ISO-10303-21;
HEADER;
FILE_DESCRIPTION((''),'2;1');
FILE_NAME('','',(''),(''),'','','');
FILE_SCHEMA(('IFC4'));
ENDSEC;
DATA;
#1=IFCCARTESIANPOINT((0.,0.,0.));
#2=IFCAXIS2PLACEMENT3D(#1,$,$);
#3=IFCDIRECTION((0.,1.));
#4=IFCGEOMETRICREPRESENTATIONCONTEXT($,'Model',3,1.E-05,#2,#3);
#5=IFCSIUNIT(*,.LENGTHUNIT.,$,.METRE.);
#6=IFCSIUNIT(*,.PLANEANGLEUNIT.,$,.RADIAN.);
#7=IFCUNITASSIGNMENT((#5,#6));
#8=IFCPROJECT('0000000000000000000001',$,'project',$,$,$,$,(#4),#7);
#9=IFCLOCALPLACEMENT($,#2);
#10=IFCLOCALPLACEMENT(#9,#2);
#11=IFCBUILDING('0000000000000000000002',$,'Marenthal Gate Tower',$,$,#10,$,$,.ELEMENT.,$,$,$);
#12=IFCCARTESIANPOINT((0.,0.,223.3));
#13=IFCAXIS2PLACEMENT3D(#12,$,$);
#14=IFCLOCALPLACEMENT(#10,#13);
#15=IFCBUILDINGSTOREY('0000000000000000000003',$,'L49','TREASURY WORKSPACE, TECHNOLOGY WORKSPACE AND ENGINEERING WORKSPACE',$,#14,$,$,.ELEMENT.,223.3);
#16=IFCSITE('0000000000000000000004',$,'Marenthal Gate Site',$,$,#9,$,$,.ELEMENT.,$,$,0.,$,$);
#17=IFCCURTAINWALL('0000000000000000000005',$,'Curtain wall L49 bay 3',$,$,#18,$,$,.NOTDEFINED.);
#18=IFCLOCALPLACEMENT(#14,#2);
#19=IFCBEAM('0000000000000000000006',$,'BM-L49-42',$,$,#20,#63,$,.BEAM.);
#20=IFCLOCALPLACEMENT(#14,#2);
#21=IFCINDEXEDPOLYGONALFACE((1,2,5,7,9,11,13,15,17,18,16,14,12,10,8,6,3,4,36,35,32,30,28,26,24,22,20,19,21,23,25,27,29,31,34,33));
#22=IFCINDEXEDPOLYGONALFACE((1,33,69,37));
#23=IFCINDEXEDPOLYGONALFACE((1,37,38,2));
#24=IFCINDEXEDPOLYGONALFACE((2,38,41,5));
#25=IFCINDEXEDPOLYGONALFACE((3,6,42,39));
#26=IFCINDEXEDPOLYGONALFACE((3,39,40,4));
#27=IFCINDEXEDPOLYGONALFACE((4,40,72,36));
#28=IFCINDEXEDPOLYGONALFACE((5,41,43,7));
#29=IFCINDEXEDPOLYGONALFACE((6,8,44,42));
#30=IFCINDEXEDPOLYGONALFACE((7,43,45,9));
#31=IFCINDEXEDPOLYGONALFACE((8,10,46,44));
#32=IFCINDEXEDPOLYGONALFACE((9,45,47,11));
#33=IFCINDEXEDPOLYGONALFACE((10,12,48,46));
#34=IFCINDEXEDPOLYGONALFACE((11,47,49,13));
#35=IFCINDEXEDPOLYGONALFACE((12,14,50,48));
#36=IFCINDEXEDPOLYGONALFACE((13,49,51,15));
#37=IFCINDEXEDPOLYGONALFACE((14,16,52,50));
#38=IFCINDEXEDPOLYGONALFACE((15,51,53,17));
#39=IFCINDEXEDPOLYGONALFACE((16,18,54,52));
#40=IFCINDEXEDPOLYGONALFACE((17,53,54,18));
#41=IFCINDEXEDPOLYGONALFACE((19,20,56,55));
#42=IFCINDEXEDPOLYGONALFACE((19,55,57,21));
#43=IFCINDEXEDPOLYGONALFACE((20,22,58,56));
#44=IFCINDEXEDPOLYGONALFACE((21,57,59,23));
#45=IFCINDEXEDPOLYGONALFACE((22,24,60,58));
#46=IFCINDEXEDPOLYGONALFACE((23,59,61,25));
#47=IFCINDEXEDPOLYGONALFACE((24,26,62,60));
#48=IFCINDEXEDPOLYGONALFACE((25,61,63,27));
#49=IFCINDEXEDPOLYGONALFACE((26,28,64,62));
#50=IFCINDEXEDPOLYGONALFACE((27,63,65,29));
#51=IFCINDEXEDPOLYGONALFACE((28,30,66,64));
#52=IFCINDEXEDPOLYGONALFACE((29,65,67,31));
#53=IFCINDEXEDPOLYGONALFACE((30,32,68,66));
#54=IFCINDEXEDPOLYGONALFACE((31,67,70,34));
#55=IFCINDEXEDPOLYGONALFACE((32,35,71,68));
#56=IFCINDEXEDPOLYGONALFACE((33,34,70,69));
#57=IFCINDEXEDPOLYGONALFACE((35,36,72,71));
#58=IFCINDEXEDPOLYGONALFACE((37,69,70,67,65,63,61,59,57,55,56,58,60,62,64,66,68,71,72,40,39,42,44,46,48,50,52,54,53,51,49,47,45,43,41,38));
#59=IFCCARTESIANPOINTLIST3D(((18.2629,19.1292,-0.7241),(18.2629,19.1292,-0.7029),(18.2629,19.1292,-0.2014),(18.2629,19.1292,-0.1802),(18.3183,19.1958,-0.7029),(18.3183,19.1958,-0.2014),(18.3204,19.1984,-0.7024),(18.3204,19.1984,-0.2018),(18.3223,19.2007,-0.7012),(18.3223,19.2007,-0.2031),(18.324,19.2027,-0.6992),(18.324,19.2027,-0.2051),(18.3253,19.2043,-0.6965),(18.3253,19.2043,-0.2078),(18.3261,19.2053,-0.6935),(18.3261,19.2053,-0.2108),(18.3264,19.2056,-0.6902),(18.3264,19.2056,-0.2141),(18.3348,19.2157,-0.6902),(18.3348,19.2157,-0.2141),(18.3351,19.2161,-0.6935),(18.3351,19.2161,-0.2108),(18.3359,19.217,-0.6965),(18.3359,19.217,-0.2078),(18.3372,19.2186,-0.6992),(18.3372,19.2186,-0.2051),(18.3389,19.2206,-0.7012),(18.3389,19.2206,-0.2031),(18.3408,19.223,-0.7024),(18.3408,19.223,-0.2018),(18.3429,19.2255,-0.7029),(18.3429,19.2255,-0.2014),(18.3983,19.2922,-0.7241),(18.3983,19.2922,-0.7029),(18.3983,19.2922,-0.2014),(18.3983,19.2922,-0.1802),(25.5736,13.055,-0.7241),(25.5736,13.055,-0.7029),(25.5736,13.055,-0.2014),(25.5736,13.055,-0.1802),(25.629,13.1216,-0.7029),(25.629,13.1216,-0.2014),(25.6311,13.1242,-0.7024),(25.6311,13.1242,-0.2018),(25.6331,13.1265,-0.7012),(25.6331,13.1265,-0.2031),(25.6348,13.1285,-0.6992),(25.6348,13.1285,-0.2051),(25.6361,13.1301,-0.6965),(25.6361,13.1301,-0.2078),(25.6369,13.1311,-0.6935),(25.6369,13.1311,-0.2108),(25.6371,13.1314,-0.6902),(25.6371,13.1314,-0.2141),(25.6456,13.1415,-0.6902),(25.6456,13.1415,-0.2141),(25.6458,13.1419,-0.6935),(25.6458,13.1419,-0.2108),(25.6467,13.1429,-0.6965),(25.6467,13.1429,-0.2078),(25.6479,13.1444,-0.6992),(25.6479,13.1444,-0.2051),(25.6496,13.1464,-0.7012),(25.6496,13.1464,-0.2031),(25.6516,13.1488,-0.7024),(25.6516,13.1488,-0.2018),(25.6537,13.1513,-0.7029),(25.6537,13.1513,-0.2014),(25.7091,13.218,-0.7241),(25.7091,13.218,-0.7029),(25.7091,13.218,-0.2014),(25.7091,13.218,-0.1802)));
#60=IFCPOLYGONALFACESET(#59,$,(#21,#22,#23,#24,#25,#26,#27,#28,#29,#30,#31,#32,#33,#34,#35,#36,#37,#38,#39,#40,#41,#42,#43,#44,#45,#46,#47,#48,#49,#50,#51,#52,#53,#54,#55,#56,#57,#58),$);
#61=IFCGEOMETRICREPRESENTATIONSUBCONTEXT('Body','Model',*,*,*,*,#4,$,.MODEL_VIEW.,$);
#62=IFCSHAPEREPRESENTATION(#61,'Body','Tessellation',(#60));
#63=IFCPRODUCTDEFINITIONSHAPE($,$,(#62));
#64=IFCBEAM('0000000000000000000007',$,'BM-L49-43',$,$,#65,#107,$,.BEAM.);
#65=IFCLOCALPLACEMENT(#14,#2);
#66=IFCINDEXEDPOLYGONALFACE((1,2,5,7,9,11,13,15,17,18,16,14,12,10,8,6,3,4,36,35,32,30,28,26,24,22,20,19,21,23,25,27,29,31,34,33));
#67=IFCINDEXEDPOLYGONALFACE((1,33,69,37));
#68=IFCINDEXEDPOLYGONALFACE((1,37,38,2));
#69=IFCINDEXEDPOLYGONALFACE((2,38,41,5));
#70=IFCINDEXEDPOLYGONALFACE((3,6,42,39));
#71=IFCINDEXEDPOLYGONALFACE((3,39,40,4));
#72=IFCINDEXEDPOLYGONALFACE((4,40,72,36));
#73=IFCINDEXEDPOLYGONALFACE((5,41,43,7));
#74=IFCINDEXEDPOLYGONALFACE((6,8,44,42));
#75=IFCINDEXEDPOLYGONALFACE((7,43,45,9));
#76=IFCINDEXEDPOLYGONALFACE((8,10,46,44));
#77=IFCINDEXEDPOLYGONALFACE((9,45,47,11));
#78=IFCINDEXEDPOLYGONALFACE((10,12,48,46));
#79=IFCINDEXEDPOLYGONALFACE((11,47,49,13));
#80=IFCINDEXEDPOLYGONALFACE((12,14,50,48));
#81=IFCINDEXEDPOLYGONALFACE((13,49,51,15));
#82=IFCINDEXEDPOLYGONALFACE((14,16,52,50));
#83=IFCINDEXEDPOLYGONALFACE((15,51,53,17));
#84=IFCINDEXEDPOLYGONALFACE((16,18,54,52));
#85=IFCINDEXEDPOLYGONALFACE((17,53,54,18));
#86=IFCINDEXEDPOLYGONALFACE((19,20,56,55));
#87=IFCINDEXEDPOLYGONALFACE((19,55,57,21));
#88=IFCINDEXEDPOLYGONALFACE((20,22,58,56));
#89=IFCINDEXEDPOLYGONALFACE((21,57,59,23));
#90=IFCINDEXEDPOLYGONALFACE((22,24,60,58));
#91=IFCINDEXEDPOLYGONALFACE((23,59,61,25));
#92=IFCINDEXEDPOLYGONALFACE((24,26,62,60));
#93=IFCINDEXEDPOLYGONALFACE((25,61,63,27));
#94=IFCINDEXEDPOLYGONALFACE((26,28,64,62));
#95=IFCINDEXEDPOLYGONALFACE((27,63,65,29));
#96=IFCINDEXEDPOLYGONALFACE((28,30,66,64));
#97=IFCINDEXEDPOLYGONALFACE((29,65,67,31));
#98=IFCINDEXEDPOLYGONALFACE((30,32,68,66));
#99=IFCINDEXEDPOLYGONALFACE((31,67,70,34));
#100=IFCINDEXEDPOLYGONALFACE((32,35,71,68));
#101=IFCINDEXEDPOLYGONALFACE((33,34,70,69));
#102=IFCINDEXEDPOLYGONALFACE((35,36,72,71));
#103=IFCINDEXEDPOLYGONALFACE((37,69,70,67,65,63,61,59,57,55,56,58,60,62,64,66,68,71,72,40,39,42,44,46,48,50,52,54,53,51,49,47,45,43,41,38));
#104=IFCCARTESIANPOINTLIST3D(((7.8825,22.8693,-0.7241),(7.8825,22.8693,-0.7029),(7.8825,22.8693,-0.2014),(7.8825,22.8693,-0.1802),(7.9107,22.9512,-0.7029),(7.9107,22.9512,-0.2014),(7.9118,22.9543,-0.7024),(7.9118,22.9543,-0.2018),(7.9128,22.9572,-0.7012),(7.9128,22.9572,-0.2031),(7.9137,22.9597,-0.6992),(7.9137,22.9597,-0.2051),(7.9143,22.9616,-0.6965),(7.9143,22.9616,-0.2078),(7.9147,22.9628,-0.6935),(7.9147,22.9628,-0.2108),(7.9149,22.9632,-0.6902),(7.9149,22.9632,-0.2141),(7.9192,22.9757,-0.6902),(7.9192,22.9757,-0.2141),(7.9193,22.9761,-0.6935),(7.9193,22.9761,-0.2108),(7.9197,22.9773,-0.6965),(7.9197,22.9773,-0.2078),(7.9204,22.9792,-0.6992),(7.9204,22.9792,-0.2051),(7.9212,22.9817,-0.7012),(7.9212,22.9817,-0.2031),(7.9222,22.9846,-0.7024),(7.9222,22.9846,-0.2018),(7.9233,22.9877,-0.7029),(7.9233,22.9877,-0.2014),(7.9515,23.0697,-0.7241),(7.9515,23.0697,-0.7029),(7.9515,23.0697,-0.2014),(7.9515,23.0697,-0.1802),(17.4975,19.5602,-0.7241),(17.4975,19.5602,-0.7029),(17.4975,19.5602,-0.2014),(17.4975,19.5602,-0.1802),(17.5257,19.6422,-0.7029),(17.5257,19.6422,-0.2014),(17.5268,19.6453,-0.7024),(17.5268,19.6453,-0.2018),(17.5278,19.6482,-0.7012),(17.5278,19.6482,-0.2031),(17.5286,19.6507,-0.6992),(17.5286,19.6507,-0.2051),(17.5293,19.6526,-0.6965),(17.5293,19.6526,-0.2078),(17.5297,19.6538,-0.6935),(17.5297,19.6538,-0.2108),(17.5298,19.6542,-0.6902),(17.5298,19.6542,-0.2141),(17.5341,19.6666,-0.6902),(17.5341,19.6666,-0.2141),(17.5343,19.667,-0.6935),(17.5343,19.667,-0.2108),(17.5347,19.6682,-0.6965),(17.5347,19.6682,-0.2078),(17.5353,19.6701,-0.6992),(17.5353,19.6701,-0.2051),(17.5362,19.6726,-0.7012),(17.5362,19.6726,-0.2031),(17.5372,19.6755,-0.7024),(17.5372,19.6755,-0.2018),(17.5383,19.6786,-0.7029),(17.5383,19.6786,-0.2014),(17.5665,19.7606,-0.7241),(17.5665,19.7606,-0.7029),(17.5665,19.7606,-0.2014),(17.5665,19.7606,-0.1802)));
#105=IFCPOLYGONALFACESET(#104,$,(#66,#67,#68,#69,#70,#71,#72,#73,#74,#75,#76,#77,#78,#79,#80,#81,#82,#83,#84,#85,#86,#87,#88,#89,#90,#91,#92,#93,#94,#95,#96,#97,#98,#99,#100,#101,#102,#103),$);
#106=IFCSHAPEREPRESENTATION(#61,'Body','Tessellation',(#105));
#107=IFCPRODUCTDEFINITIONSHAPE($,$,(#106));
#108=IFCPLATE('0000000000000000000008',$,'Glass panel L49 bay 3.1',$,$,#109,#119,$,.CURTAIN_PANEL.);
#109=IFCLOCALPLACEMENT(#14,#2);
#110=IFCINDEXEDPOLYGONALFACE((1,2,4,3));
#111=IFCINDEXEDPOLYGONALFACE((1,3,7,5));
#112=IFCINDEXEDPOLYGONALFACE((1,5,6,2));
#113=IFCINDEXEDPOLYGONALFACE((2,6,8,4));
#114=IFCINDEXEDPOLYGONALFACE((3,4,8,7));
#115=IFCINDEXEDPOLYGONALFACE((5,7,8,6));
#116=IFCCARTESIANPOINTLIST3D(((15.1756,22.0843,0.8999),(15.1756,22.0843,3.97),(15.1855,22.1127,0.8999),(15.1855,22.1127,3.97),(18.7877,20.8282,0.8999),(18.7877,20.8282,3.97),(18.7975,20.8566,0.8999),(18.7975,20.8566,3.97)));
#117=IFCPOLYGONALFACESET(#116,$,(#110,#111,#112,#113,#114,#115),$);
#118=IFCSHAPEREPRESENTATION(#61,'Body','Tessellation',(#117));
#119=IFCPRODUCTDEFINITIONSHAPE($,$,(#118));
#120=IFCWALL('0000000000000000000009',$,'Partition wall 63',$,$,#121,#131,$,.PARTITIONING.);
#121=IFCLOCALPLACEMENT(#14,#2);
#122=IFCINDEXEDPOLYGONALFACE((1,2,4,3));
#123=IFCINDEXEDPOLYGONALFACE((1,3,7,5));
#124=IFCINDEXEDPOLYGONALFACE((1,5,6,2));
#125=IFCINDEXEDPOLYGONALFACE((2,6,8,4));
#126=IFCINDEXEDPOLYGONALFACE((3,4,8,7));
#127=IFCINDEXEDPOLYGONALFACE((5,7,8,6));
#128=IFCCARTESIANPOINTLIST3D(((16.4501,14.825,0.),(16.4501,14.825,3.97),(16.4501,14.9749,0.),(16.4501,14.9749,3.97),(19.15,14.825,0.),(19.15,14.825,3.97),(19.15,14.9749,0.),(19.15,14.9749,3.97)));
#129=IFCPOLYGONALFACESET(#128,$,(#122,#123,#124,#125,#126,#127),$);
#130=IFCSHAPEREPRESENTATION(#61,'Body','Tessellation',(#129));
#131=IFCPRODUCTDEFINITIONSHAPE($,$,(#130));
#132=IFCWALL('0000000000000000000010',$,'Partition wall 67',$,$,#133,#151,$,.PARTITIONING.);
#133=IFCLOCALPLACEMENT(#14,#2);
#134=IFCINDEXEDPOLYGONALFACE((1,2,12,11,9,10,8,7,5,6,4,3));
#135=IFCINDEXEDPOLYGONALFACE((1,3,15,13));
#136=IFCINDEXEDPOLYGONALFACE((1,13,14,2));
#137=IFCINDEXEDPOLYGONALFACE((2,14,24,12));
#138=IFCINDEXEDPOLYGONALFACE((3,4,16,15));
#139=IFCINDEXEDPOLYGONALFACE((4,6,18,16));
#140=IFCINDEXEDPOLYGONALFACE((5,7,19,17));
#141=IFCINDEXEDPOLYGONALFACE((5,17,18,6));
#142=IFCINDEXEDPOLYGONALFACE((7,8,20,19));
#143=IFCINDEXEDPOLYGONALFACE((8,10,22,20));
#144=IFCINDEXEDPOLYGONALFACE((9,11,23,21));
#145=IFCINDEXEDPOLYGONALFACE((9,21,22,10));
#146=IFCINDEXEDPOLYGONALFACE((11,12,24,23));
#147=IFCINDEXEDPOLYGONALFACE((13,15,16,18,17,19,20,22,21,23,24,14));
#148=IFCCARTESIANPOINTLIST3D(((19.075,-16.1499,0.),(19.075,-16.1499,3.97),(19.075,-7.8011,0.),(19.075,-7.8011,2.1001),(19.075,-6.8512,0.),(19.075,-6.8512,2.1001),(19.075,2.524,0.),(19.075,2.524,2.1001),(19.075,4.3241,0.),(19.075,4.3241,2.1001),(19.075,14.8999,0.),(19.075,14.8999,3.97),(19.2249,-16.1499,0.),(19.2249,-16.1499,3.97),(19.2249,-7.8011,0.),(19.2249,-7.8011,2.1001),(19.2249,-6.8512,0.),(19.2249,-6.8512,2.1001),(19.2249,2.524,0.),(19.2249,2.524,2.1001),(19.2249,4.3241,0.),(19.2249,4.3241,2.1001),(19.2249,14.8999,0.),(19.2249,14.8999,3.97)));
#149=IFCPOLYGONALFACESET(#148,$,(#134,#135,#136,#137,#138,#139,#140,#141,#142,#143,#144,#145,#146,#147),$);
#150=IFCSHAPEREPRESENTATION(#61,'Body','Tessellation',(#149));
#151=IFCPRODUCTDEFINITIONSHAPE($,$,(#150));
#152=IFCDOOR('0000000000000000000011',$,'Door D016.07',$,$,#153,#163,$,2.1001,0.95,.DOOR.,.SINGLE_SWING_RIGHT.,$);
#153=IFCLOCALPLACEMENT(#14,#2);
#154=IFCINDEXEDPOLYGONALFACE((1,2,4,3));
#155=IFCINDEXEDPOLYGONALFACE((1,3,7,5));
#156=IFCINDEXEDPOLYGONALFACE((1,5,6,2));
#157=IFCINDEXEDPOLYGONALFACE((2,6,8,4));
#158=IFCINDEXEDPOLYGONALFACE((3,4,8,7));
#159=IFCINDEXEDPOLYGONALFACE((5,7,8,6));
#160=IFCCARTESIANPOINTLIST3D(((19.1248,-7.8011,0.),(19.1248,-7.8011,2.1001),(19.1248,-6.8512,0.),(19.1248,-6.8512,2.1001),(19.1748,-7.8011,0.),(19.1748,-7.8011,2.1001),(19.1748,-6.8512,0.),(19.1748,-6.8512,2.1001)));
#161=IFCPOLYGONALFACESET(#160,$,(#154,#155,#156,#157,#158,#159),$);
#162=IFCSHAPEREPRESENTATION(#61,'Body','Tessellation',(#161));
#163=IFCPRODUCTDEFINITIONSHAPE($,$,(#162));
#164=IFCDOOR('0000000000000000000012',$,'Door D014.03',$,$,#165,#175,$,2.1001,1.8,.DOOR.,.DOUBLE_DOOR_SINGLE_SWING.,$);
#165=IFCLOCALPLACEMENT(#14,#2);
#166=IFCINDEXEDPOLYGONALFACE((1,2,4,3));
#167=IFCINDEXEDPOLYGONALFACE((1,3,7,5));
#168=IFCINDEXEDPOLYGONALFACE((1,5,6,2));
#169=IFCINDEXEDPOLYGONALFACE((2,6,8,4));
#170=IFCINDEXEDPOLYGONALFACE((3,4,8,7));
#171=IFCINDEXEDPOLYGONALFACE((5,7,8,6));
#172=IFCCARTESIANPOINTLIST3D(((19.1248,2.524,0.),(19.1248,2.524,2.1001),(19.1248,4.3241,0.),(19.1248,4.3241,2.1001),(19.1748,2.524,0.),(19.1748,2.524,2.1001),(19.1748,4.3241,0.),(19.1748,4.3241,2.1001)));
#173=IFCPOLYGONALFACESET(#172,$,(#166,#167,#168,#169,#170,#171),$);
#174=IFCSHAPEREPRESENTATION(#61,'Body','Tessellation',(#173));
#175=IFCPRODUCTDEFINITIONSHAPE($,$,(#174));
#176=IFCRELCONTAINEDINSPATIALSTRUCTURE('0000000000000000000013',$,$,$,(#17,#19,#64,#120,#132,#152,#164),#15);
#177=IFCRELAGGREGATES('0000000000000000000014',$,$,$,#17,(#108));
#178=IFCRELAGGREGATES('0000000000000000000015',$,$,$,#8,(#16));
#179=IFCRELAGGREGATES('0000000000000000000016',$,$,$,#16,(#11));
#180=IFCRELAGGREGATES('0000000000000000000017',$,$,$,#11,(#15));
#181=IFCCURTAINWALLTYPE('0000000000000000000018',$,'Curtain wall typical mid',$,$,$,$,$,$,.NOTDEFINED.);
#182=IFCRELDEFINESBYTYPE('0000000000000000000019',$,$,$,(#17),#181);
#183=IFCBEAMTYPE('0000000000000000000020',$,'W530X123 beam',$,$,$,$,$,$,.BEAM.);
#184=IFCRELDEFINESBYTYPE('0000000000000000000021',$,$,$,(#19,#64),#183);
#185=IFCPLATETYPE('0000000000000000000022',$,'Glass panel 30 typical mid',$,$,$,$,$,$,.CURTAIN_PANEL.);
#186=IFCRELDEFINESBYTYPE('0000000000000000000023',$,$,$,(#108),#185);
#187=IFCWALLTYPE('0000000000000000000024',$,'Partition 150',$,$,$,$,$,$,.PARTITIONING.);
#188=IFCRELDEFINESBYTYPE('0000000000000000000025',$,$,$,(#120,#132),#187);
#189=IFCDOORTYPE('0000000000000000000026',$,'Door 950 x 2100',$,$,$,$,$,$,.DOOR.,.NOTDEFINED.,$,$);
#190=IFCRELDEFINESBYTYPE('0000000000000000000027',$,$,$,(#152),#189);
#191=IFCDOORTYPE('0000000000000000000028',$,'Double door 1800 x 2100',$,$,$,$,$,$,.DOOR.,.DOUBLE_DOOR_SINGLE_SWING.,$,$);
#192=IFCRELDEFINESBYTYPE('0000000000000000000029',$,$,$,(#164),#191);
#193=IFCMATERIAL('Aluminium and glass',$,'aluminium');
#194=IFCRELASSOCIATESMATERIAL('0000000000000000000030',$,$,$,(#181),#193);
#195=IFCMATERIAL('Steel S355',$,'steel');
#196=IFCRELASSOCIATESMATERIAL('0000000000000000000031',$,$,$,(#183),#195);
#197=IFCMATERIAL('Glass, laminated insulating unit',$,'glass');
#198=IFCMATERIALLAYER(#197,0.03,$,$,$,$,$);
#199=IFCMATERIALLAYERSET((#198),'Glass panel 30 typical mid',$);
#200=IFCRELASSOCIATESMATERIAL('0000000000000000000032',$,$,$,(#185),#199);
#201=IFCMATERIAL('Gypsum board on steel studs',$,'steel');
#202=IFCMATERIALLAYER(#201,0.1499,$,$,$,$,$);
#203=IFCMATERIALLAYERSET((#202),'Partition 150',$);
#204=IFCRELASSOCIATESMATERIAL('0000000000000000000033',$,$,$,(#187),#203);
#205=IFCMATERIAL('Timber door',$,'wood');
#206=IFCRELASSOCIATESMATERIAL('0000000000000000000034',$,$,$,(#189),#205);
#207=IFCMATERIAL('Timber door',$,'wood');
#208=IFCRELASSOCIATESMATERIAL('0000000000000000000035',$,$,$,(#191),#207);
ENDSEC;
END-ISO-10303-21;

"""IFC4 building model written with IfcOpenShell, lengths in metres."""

from ifc_helpers import new_model, si_unit, direction, frame, frame_2d, origin, origin_2d, place, context, subcontext, project, spatial, rectangle, i_section, extrude, material, layer, layer_set, material_profile, profile_set, type_object, element, fill, aggregate, save


model = new_model("IFC4")

# Units and contexts
model_context = context("Model", 3, precision=1e-05, world=origin(), true_north=direction((0.0, 1.0)))
body_context = subcontext(model_context, "Body", "Model", "MODEL_VIEW")
ifc_project = project(units=[si_unit("LENGTHUNIT", "METRE"), si_unit("PLANEANGLEUNIT", "RADIAN")], contexts=[model_context])

# Site, building, storey
site_placement = place(None, origin())
site = spatial("IfcSite", under=ifc_project, at=site_placement, Name="Marenthal Gate Site", CompositionType="ELEMENT", RefElevation=0.0)
building_placement = place(site_placement, origin())
building = spatial("IfcBuilding", under=site, at=building_placement, Name="Marenthal Gate Tower", CompositionType="ELEMENT")
storey_placement = place(building_placement, frame((0.0, 0.0, 223.3)))
storey = spatial("IfcBuildingStorey", under=building, at=storey_placement, Name="L49", Description="TREASURY WORKSPACE, TECHNOLOGY WORKSPACE AND ENGINEERING WORKSPACE", CompositionType="ELEMENT", Elevation=223.3)

# Shared definitions
ifc_material_1 = material(Name="Aluminium and glass", Category="aluminium")
curtain_wall_type = type_object("IfcCurtainWallType", Name="Curtain wall typical mid", PredefinedType="NOTDEFINED", material=ifc_material_1)

# Curtain wall
curtain_wall_1_placement = place(storey_placement, origin())
curtain_wall_1 = element("IfcCurtainWall", 1, at=curtain_wall_1_placement, inside=storey, type_object=curtain_wall_type, Name="Curtain wall L49 bay 3", PredefinedType="NOTDEFINED")

# Beams
ifc_material_2 = material(Name="Steel S355", Category="steel")
ifc_material_profile_1 = material_profile(ifc_material_2, i_section(OverallWidth=0.2119, OverallDepth=0.5439, WebThickness=0.0132, FlangeThickness=0.0212, FilletRadius=0.0127, at=origin_2d()), Name="W530X123")
ifc_profile_set_1 = profile_set([ifc_material_profile_1], Name="Steel S355")
beam_type_1 = type_object("IfcBeamType", Name="W530X123 beam", PredefinedType="BEAM", material=ifc_profile_set_1)
beam_1_placement = place(storey_placement, frame((25.6414, 13.1365, -0.4521), z_axis=(-0.769157, 0.639059, 0.0), x_axis=(-0.639059, -0.769157, 0.0)))
element("IfcBeam", 2, at=beam_1_placement, inside=storey, type_object=beam_type_1, Name="BM-L49-42", PredefinedType="BEAM", context=body_context, shape_type="SweptSolid", body=[
    extrude(i_section(OverallWidth=0.2119, OverallDepth=0.5439, WebThickness=0.0132, FlangeThickness=0.0212, FilletRadius=0.0127, at=origin_2d()), origin(), (0.0, 0.0, 1.0), 9.5049),
])
beam_2_placement = place(storey_placement, frame((17.532, 19.6604, -0.4521), z_axis=(-0.945568, 0.325425, 0.0), x_axis=(-0.325425, -0.945568, 0.0)))
element("IfcBeam", 3, at=beam_2_placement, inside=storey, type_object=beam_type_1, Name="BM-L49-43", PredefinedType="BEAM", context=body_context, shape_type="SweptSolid", body=[
    extrude(i_section(OverallWidth=0.2119, OverallDepth=0.5439, WebThickness=0.0132, FlangeThickness=0.0212, FilletRadius=0.0127, at=origin_2d()), origin(), (0.0, 0.0, 1.0), 10.1685),
])

# Plate
ifc_material_3 = material(Name="Glass, laminated insulating unit", Category="glass")
ifc_layer_1 = layer(ifc_material_3, 0.03)
ifc_layer_set_1 = layer_set([ifc_layer_1], Name="Glass panel 30 typical mid")
plate_type = type_object("IfcPlateType", Name="Glass panel 30 typical mid", PredefinedType="CURTAIN_PANEL", material=ifc_layer_set_1)
plate_placement = place(storey_placement, frame((16.9866, 21.4705, 0.8999), z_axis=(0.0, 0.0, 1.0), x_axis=(-0.944515, 0.328468, 0.0)))
plate = element("IfcPlate", 4, at=plate_placement, type_object=plate_type, Name="Glass panel L49 bay 3.1", PredefinedType="CURTAIN_PANEL", context=body_context, shape_type="SweptSolid", body=[
    extrude(rectangle(XDim=3.8242, YDim=0.03, at=origin_2d()), origin(), (0.0, 0.0, 1.0), 3.0701),
])
aggregate(curtain_wall_1, [plate])

# Wall
ifc_material_4 = material(Name="Gypsum board on steel studs", Category="steel")
ifc_layer_2 = layer(ifc_material_4, 0.1499)
ifc_layer_set_2 = layer_set([ifc_layer_2], Name="Partition 150")
wall_type_1 = type_object("IfcWallType", Name="Partition 150", PredefinedType="PARTITIONING", material=ifc_layer_set_2)
wall_1_placement = place(storey_placement, frame((16.45, 14.8999, 0.0), z_axis=(0.0, 0.0, 1.0), x_axis=(1.0, 0.0, 0.0)))
element("IfcWall", 5, at=wall_1_placement, inside=storey, type_object=wall_type_1, Name="Partition wall 63", PredefinedType="PARTITIONING", context=body_context, shape_type="SweptSolid", body=[
    extrude(rectangle(XDim=2.7, YDim=0.1499, at=frame_2d((1.3501, 0.0))), origin(), (0.0, 0.0, 1.0), 3.97),
])

# Wall, openings, doors
wall_2_placement = place(storey_placement, frame((19.1499, 14.8999, 0.0), z_axis=(0.0, 0.0, 1.0), x_axis=(0.0, -1.0, 0.0)))
wall_2 = element("IfcWall", 6, at=wall_2_placement, inside=storey, type_object=wall_type_1, Name="Partition wall 67", PredefinedType="PARTITIONING", context=body_context, shape_type="SweptSolid", body=[
    extrude(rectangle(XDim=31.0498, YDim=0.1499, at=frame_2d((15.5249, 0.0))), origin(), (0.0, 0.0, 1.0), 3.97),
])
opening_1_placement = place(wall_2_placement, frame((21.751, 0.0, 0.0)))
opening_1 = element("IfcOpeningElement", 7, at=opening_1_placement, cuts=wall_2, PredefinedType="OPENING", context=body_context, shape_type="SweptSolid", body=[
    extrude(rectangle(XDim=0.95, YDim=2.1001, at=frame_2d((0.4751, 1.05))), frame((0.0, 0.085, 0.0), z_axis=(0.0, -1.0, 0.0), x_axis=(1.0, 0.0, 0.0)), (0.0, 0.0, 1.0), 0.1699),
])
opening_2_placement = place(wall_2_placement, frame((10.5759, 0.0, 0.0)))
opening_2 = element("IfcOpeningElement", 8, at=opening_2_placement, cuts=wall_2, PredefinedType="OPENING", context=body_context, shape_type="SweptSolid", body=[
    extrude(rectangle(XDim=1.8, YDim=2.1001, at=frame_2d((0.8999, 1.05))), frame((0.0, 0.085, 0.0), z_axis=(0.0, -1.0, 0.0), x_axis=(1.0, 0.0, 0.0)), (0.0, 0.0, 1.0), 0.1699),
])
ifc_material_5 = material(Name="Timber door", Category="wood")
door_type_1 = type_object("IfcDoorType", Name="Door 950 x 2100", OperationType="NOTDEFINED", PredefinedType="DOOR", material=ifc_material_5)
door_1_placement = place(opening_1_placement, origin())
door_1 = element("IfcDoor", 9, at=door_1_placement, inside=storey, type_object=door_type_1, Name="Door D016.07", OperationType="SINGLE_SWING_RIGHT", OverallHeight=2.1001, OverallWidth=0.95, PredefinedType="DOOR", context=body_context, shape_type="SweptSolid", body=[
    extrude(rectangle(XDim=0.95, YDim=2.1001, at=frame_2d((0.4751, 1.05))), frame((0.0, 0.0249, 0.0), z_axis=(0.0, -1.0, 0.0), x_axis=(1.0, 0.0, 0.0)), (0.0, 0.0, 1.0), 0.05),
])
fill(opening_1, door_1)
ifc_material_6 = material(Name="Timber door", Category="wood")
door_type_2 = type_object("IfcDoorType", Name="Double door 1800 x 2100", OperationType="DOUBLE_DOOR_SINGLE_SWING", PredefinedType="DOOR", material=ifc_material_6)
door_2_placement = place(opening_2_placement, origin())
door_2 = element("IfcDoor", 10, at=door_2_placement, inside=storey, type_object=door_type_2, Name="Door D014.03", OperationType="DOUBLE_DOOR_SINGLE_SWING", OverallHeight=2.1001, OverallWidth=1.8, PredefinedType="DOOR", context=body_context, shape_type="SweptSolid", body=[
    extrude(rectangle(XDim=1.8, YDim=2.1001, at=frame_2d((0.8999, 1.05))), frame((0.0, 0.0249, 0.0), z_axis=(0.0, -1.0, 0.0), x_axis=(1.0, 0.0, 0.0)), (0.0, 0.0, 1.0), 0.05),
])
fill(opening_2, door_2)

save(model, "model.ifc")
